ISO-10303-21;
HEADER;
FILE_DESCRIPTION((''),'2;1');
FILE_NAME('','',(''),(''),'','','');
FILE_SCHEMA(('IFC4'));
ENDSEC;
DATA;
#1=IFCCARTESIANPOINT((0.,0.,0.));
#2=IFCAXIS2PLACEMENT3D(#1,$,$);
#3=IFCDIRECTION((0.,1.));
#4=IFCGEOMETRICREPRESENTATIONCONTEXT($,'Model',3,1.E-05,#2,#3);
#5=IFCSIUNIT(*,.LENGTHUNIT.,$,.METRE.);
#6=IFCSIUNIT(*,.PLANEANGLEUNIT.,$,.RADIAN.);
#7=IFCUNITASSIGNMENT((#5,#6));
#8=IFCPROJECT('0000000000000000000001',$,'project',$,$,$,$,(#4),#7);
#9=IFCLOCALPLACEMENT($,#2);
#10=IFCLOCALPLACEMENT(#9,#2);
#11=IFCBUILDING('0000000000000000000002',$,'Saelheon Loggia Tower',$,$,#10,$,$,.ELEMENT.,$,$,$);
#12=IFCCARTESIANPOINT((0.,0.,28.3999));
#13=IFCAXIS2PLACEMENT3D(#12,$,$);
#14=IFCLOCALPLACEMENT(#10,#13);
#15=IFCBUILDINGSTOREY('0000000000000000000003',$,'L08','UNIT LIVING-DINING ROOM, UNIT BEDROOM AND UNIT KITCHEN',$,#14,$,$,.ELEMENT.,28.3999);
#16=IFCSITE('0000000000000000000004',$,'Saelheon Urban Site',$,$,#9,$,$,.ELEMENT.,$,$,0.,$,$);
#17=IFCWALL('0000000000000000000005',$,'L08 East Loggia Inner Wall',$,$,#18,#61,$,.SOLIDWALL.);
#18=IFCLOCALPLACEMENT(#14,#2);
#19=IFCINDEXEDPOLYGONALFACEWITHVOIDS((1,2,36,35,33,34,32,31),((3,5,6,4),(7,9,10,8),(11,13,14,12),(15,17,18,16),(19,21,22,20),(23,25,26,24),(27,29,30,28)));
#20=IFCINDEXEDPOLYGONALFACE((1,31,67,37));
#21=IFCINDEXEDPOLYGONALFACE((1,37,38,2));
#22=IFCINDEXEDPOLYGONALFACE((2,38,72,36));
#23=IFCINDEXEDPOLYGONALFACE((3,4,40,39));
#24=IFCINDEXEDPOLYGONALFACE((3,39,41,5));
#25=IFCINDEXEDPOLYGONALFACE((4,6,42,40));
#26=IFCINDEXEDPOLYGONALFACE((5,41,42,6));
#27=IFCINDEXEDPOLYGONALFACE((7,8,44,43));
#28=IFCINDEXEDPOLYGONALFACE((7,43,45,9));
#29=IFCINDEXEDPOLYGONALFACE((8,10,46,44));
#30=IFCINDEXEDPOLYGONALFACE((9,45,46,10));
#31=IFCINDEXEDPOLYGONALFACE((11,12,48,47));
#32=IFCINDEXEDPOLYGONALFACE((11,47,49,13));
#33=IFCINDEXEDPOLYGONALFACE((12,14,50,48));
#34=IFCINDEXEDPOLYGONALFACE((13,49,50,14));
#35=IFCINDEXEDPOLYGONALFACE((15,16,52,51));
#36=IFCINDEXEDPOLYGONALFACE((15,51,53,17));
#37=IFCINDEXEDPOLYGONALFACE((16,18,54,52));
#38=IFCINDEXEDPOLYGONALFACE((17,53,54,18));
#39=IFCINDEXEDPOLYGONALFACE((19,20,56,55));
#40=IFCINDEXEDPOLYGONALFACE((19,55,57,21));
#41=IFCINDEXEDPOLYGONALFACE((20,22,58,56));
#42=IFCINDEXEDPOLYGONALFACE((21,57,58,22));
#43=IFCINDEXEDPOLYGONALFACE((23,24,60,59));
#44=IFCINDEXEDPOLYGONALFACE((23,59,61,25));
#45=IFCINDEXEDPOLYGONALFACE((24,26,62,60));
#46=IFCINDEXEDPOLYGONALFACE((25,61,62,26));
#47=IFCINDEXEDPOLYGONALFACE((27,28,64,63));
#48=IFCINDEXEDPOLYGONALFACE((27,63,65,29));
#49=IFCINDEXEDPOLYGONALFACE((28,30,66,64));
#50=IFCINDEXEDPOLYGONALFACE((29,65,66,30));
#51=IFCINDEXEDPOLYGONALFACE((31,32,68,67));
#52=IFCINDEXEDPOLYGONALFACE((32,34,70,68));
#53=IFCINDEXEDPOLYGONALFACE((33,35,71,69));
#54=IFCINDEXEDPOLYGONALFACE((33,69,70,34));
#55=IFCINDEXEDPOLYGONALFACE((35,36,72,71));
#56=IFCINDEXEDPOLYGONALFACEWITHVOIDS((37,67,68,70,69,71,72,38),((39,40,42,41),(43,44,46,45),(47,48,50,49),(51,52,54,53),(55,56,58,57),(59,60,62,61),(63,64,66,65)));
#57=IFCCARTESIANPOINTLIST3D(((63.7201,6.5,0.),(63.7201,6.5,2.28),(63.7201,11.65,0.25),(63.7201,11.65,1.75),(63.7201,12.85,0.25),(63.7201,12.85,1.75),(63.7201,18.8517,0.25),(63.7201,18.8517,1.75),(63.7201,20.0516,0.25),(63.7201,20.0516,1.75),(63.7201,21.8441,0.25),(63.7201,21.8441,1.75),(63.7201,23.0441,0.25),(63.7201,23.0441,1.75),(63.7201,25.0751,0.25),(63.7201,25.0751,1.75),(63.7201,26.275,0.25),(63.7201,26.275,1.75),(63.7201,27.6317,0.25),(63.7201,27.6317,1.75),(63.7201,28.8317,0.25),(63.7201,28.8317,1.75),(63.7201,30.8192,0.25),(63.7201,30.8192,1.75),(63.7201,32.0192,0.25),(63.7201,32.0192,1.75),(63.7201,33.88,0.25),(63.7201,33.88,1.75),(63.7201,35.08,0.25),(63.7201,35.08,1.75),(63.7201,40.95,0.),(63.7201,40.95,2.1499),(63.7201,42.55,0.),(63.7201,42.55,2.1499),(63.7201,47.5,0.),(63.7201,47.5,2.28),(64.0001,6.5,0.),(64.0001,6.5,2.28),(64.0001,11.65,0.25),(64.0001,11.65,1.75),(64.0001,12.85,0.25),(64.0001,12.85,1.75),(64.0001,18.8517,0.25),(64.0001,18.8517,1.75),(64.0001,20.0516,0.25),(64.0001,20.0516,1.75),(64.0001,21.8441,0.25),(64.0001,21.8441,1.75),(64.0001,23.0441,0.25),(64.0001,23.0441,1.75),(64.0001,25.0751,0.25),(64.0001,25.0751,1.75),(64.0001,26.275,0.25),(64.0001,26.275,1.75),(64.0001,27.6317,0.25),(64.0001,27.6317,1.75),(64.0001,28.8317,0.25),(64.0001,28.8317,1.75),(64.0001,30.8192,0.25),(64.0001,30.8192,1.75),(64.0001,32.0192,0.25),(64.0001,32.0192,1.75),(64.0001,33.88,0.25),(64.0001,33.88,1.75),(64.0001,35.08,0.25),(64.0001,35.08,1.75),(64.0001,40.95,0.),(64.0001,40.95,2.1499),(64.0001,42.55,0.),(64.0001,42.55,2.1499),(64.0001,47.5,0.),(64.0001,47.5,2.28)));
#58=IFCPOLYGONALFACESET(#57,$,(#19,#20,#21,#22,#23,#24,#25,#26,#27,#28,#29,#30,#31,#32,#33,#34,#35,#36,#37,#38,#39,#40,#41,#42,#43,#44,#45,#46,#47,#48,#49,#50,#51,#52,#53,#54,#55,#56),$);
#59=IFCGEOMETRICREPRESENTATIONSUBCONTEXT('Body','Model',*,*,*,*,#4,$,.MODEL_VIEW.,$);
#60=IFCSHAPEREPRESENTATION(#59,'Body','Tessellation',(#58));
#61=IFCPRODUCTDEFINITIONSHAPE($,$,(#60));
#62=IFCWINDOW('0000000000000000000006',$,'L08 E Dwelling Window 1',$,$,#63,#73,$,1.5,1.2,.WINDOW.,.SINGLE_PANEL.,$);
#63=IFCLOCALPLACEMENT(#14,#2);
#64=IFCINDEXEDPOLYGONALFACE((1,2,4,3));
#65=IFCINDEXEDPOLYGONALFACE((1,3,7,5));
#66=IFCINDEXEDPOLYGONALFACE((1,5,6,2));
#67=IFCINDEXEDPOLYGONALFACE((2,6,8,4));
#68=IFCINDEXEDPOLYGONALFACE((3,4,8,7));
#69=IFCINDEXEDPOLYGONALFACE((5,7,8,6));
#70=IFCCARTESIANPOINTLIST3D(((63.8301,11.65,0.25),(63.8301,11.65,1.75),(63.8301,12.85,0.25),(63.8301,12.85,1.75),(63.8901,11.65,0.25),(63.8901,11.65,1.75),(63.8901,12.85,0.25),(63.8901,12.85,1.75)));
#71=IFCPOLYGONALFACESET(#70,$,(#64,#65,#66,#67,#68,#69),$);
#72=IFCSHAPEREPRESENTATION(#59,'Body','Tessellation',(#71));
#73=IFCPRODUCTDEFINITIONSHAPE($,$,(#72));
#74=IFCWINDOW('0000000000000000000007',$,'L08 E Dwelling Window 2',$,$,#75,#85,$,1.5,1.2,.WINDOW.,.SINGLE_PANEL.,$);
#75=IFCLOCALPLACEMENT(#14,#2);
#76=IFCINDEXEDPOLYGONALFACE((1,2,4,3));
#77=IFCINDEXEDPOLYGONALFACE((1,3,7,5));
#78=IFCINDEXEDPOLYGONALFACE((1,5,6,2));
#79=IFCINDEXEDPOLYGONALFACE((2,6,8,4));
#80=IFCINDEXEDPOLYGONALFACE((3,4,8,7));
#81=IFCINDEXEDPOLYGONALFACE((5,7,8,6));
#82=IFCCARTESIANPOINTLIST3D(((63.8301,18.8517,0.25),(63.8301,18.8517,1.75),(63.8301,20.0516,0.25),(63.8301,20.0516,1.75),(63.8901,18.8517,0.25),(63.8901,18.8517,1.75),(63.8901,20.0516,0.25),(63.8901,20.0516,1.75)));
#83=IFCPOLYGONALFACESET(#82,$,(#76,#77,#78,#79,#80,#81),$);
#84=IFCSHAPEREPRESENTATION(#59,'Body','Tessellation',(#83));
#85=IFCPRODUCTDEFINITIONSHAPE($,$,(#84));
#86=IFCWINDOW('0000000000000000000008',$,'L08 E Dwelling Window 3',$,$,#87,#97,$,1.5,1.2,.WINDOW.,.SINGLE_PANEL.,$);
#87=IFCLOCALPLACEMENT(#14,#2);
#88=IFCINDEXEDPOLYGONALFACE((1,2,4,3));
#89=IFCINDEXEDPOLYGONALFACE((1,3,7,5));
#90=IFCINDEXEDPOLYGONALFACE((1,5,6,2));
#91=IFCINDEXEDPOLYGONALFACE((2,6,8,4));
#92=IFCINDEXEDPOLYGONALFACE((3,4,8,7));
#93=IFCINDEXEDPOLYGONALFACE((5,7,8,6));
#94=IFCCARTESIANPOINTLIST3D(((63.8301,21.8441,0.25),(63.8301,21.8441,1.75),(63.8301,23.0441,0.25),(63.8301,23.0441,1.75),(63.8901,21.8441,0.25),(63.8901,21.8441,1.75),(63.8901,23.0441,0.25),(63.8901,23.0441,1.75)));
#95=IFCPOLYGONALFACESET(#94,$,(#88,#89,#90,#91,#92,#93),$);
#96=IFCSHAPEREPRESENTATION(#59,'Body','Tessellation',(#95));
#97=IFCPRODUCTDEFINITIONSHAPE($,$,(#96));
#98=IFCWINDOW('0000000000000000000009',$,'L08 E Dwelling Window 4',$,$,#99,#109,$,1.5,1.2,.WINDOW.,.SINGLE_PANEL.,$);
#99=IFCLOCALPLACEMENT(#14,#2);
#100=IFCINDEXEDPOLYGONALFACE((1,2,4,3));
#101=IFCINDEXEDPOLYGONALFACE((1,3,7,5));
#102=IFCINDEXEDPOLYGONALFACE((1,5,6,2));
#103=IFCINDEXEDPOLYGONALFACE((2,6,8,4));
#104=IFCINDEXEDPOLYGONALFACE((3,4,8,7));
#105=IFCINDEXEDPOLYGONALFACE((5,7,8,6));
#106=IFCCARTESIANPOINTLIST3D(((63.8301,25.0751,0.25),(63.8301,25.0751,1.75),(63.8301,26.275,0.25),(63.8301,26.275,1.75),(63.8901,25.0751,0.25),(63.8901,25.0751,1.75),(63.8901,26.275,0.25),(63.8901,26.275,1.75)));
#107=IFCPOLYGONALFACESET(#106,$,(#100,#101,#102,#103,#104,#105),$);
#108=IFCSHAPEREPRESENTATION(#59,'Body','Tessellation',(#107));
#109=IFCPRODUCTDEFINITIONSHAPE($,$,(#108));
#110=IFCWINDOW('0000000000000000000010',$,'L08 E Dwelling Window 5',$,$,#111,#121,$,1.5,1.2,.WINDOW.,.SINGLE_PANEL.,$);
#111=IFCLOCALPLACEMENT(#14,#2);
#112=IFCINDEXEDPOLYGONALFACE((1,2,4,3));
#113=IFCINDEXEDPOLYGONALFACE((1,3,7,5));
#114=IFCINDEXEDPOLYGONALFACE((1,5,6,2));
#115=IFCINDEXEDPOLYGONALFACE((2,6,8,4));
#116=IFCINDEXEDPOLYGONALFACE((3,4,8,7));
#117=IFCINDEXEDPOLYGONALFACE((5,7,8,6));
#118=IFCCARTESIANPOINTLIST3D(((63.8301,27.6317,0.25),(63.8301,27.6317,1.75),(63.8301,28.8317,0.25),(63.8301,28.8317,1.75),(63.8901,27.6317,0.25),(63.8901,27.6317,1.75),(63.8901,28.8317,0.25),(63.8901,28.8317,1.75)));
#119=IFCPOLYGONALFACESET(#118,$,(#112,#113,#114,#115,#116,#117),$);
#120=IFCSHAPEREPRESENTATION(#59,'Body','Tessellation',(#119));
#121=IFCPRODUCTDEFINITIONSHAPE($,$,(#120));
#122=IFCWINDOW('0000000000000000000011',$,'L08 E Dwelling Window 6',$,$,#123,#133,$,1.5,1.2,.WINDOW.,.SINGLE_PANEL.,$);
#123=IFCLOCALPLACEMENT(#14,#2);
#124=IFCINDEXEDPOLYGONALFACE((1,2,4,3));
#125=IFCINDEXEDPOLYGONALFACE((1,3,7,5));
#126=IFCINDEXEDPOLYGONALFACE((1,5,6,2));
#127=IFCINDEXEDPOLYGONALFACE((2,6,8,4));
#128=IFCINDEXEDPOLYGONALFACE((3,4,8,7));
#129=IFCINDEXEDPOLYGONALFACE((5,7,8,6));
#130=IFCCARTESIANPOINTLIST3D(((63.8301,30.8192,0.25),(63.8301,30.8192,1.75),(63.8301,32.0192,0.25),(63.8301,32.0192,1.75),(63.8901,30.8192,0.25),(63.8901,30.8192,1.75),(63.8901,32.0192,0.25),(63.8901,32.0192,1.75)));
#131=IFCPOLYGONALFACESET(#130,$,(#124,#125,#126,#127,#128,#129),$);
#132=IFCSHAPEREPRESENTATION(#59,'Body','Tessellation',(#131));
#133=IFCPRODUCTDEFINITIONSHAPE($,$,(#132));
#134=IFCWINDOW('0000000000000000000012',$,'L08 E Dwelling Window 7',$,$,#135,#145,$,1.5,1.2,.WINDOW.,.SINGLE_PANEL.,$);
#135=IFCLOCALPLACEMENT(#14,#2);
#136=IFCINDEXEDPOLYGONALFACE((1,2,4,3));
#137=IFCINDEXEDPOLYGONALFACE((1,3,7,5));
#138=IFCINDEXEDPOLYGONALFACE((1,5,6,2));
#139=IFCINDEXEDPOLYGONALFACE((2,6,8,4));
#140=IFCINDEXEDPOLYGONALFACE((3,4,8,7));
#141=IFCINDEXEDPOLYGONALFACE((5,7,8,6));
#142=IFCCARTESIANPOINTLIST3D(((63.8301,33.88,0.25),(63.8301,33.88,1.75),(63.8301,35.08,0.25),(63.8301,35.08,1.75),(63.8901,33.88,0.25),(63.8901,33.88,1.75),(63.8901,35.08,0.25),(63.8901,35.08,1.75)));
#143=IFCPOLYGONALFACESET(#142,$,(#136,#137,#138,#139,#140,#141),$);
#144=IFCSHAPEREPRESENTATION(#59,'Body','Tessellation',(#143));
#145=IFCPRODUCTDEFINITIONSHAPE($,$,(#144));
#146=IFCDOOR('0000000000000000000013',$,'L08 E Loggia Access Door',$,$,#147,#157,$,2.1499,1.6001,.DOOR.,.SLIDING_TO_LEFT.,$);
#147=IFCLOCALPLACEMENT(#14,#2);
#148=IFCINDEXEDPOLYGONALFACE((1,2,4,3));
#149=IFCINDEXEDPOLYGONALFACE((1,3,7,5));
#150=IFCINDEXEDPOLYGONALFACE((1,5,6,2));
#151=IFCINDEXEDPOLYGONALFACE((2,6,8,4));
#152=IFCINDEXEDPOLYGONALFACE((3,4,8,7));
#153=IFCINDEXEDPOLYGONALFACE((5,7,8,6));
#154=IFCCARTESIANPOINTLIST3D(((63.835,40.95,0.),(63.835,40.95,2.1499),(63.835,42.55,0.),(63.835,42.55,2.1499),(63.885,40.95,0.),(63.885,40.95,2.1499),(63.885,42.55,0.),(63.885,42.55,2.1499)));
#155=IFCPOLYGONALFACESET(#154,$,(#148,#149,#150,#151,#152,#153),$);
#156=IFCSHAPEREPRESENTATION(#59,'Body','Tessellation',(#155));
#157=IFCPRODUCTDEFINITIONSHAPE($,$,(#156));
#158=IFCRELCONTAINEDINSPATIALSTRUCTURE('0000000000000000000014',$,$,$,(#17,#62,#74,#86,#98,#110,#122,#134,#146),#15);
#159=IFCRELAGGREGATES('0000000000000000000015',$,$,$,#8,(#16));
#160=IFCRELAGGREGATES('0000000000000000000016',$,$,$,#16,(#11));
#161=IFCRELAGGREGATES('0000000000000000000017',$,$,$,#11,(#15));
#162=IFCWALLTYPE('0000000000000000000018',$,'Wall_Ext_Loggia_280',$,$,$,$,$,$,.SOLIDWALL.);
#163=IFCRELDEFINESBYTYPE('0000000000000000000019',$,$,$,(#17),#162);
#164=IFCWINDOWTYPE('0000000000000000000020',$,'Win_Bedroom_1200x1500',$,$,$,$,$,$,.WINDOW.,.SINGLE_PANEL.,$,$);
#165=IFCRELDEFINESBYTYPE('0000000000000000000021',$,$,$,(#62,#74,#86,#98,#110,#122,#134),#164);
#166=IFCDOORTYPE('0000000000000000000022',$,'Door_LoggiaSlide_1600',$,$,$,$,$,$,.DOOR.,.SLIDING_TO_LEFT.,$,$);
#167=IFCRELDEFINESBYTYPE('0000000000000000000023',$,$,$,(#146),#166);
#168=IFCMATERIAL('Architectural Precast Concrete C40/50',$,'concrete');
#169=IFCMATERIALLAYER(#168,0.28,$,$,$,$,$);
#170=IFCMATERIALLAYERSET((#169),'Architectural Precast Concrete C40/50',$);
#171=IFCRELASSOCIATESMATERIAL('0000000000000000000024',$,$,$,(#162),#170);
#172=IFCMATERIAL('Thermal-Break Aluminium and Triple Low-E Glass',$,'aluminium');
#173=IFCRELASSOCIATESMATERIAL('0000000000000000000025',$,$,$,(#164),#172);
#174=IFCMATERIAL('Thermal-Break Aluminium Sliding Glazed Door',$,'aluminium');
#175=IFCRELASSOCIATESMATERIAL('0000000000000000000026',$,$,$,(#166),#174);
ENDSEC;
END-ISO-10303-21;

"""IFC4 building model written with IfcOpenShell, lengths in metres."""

from ifc_helpers import new_model, si_unit, direction, frame, frame_2d, origin, place, context, subcontext, project, spatial, rectangle, extrude, source, transform, mapped, material, layer, layer_set, type_object, element, fill, save


model = new_model("IFC4")

# Units and contexts
model_context = context("Model", 3, precision=1e-05, world=origin(), true_north=direction((0.0, 1.0)))
body_context = subcontext(model_context, "Body", "Model", "MODEL_VIEW")
ifc_project = project(units=[si_unit("LENGTHUNIT", "METRE"), si_unit("PLANEANGLEUNIT", "RADIAN")], contexts=[model_context])

# Site, building, storey
site_placement = place(None, origin())
site = spatial("IfcSite", under=ifc_project, at=site_placement, Name="Saelheon Urban Site", CompositionType="ELEMENT", RefElevation=0.0)
building_placement = place(site_placement, origin())
building = spatial("IfcBuilding", under=site, at=building_placement, Name="Saelheon Loggia Tower", CompositionType="ELEMENT")
storey_placement = place(building_placement, frame((0.0, 0.0, 28.3999)))
storey = spatial("IfcBuildingStorey", under=building, at=storey_placement, Name="L08", Description="UNIT LIVING-DINING ROOM, UNIT BEDROOM AND UNIT KITCHEN", CompositionType="ELEMENT", Elevation=28.3999)

# Wall, openings, windows, door
ifc_material_1 = material(Name="Architectural Precast Concrete C40/50", Category="concrete")
ifc_layer_1 = layer(ifc_material_1, 0.28)
ifc_layer_set_1 = layer_set([ifc_layer_1], Name="Architectural Precast Concrete C40/50")
wall_type_1 = type_object("IfcWallType", Name="Wall_Ext_Loggia_280", PredefinedType="SOLIDWALL", material=ifc_layer_set_1)
wall_1_placement = place(storey_placement, frame((63.8601, 6.5, 0.0), z_axis=(0.0, 0.0, 1.0), x_axis=(0.0, 1.0, 0.0)))
wall_1 = element("IfcWall", 1, at=wall_1_placement, inside=storey, type_object=wall_type_1, Name="L08 East Loggia Inner Wall", PredefinedType="SOLIDWALL", context=body_context, shape_type="SweptSolid", body=[
    extrude(rectangle(XDim=41.0, YDim=0.28, at=frame_2d((20.5, 0.0))), origin(), (0.0, 0.0, 1.0), 2.28),
])
opening_1_placement = place(wall_1_placement, frame((5.1499, 0.0, 0.25)))
opening_1 = element("IfcOpeningElement", 2, at=opening_1_placement, cuts=wall_1, PredefinedType="OPENING", context=body_context, shape_type="SweptSolid", body=[
    extrude(rectangle(XDim=1.2, YDim=1.5, at=frame_2d((0.6001, 0.75))), frame((0.0, 0.1521, 0.0), z_axis=(0.0, -1.0, 0.0), x_axis=(1.0, 0.0, 0.0)), (0.0, 0.0, 1.0), 0.304),
])
opening_2_placement = place(wall_1_placement, frame((12.3516, 0.0, 0.25)))
opening_2 = element("IfcOpeningElement", 3, at=opening_2_placement, cuts=wall_1, PredefinedType="OPENING", context=body_context, shape_type="SweptSolid", body=[
    extrude(rectangle(XDim=1.2, YDim=1.5, at=frame_2d((0.6001, 0.75))), frame((0.0, 0.1521, 0.0), z_axis=(0.0, -1.0, 0.0), x_axis=(1.0, 0.0, 0.0)), (0.0, 0.0, 1.0), 0.304),
])
opening_3_placement = place(wall_1_placement, frame((15.344, 0.0, 0.25)))
opening_3 = element("IfcOpeningElement", 4, at=opening_3_placement, cuts=wall_1, PredefinedType="OPENING", context=body_context, shape_type="SweptSolid", body=[
    extrude(rectangle(XDim=1.2, YDim=1.5, at=frame_2d((0.6001, 0.75))), frame((0.0, 0.1521, 0.0), z_axis=(0.0, -1.0, 0.0), x_axis=(1.0, 0.0, 0.0)), (0.0, 0.0, 1.0), 0.304),
])
opening_4_placement = place(wall_1_placement, frame((18.575, 0.0, 0.25)))
opening_4 = element("IfcOpeningElement", 5, at=opening_4_placement, cuts=wall_1, PredefinedType="OPENING", context=body_context, shape_type="SweptSolid", body=[
    extrude(rectangle(XDim=1.2, YDim=1.5, at=frame_2d((0.6001, 0.75))), frame((0.0, 0.1521, 0.0), z_axis=(0.0, -1.0, 0.0), x_axis=(1.0, 0.0, 0.0)), (0.0, 0.0, 1.0), 0.304),
])
opening_5_placement = place(wall_1_placement, frame((21.1316, 0.0, 0.25)))
opening_5 = element("IfcOpeningElement", 6, at=opening_5_placement, cuts=wall_1, PredefinedType="OPENING", context=body_context, shape_type="SweptSolid", body=[
    extrude(rectangle(XDim=1.2, YDim=1.5, at=frame_2d((0.6001, 0.75))), frame((0.0, 0.1521, 0.0), z_axis=(0.0, -1.0, 0.0), x_axis=(1.0, 0.0, 0.0)), (0.0, 0.0, 1.0), 0.304),
])
opening_6_placement = place(wall_1_placement, frame((24.3191, 0.0, 0.25)))
opening_6 = element("IfcOpeningElement", 7, at=opening_6_placement, cuts=wall_1, PredefinedType="OPENING", context=body_context, shape_type="SweptSolid", body=[
    extrude(rectangle(XDim=1.2, YDim=1.5, at=frame_2d((0.6001, 0.75))), frame((0.0, 0.1521, 0.0), z_axis=(0.0, -1.0, 0.0), x_axis=(1.0, 0.0, 0.0)), (0.0, 0.0, 1.0), 0.304),
])
opening_7_placement = place(wall_1_placement, frame((27.3799, 0.0, 0.25)))
opening_7 = element("IfcOpeningElement", 8, at=opening_7_placement, cuts=wall_1, PredefinedType="OPENING", context=body_context, shape_type="SweptSolid", body=[
    extrude(rectangle(XDim=1.2, YDim=1.5, at=frame_2d((0.6001, 0.75))), frame((0.0, 0.1521, 0.0), z_axis=(0.0, -1.0, 0.0), x_axis=(1.0, 0.0, 0.0)), (0.0, 0.0, 1.0), 0.304),
])
opening_8_placement = place(wall_1_placement, frame((36.05, 0.0, 0.0), z_axis=(0.0, 0.0, 1.0), x_axis=(-1.0, 0.0, 0.0)))
opening_8 = element("IfcOpeningElement", 9, at=opening_8_placement, cuts=wall_1, PredefinedType="OPENING", context=body_context, shape_type="SweptSolid", body=[
    extrude(rectangle(XDim=1.6001, YDim=2.1499, at=frame_2d((0.8, 1.075))), frame((0.0, 0.1521, 0.0), z_axis=(0.0, -1.0, 0.0), x_axis=(1.0, 0.0, 0.0)), (0.0, 0.0, 1.0), 0.304),
])
ifc_material_2 = material(Name="Thermal-Break Aluminium and Triple Low-E Glass", Category="aluminium")
window_type = type_object("IfcWindowType", Name="Win_Bedroom_1200x1500", PartitioningType="SINGLE_PANEL", PredefinedType="WINDOW", material=ifc_material_2)
shared_shape_1 = source(origin(), body_context, "Body", "SweptSolid", [
    extrude(rectangle(XDim=1.2, YDim=1.5, at=frame_2d((0.6001, 0.75))), frame((0.0, 0.03, 0.0), z_axis=(0.0, -1.0, 0.0), x_axis=(1.0, 0.0, 0.0)), (0.0, 0.0, 1.0), 0.0601),
])
window_1_placement = place(opening_1_placement, origin())
window_1 = element("IfcWindow", 10, at=window_1_placement, inside=storey, type_object=window_type, Name="L08 E Dwelling Window 1", OverallHeight=1.5, OverallWidth=1.2, PartitioningType="SINGLE_PANEL", PredefinedType="WINDOW", context=body_context, shape_type="MappedRepresentation", body=[
    mapped(shared_shape_1, transform((0.0, 0.0, 0.0), scale=1.0)),
])
fill(opening_1, window_1)
window_2_placement = place(opening_2_placement, origin())
window_2 = element("IfcWindow", 11, at=window_2_placement, inside=storey, type_object=window_type, Name="L08 E Dwelling Window 2", OverallHeight=1.5, OverallWidth=1.2, PartitioningType="SINGLE_PANEL", PredefinedType="WINDOW", context=body_context, shape_type="MappedRepresentation", body=[
    mapped(shared_shape_1, transform((0.0, 0.0, 0.0), scale=1.0)),
])
fill(opening_2, window_2)
window_3_placement = place(opening_3_placement, origin())
window_3 = element("IfcWindow", 12, at=window_3_placement, inside=storey, type_object=window_type, Name="L08 E Dwelling Window 3", OverallHeight=1.5, OverallWidth=1.2, PartitioningType="SINGLE_PANEL", PredefinedType="WINDOW", context=body_context, shape_type="MappedRepresentation", body=[
    mapped(shared_shape_1, transform((0.0, 0.0, 0.0), scale=1.0)),
])
fill(opening_3, window_3)
window_4_placement = place(opening_4_placement, origin())
window_4 = element("IfcWindow", 13, at=window_4_placement, inside=storey, type_object=window_type, Name="L08 E Dwelling Window 4", OverallHeight=1.5, OverallWidth=1.2, PartitioningType="SINGLE_PANEL", PredefinedType="WINDOW", context=body_context, shape_type="MappedRepresentation", body=[
    mapped(shared_shape_1, transform((0.0, 0.0, 0.0), scale=1.0)),
])
fill(opening_4, window_4)
window_5_placement = place(opening_5_placement, origin())
window_5 = element("IfcWindow", 14, at=window_5_placement, inside=storey, type_object=window_type, Name="L08 E Dwelling Window 5", OverallHeight=1.5, OverallWidth=1.2, PartitioningType="SINGLE_PANEL", PredefinedType="WINDOW", context=body_context, shape_type="MappedRepresentation", body=[
    mapped(shared_shape_1, transform((0.0, 0.0, 0.0), scale=1.0)),
])
fill(opening_5, window_5)
window_6_placement = place(opening_6_placement, origin())
window_6 = element("IfcWindow", 15, at=window_6_placement, inside=storey, type_object=window_type, Name="L08 E Dwelling Window 6", OverallHeight=1.5, OverallWidth=1.2, PartitioningType="SINGLE_PANEL", PredefinedType="WINDOW", context=body_context, shape_type="MappedRepresentation", body=[
    mapped(shared_shape_1, transform((0.0, 0.0, 0.0), scale=1.0)),
])
fill(opening_6, window_6)
window_7_placement = place(opening_7_placement, origin())
window_7 = element("IfcWindow", 16, at=window_7_placement, inside=storey, type_object=window_type, Name="L08 E Dwelling Window 7", OverallHeight=1.5, OverallWidth=1.2, PartitioningType="SINGLE_PANEL", PredefinedType="WINDOW", context=body_context, shape_type="MappedRepresentation", body=[
    mapped(shared_shape_1, transform((0.0, 0.0, 0.0), scale=1.0)),
])
fill(opening_7, window_7)
ifc_material_3 = material(Name="Thermal-Break Aluminium Sliding Glazed Door", Category="aluminium")
door_type = type_object("IfcDoorType", Name="Door_LoggiaSlide_1600", OperationType="SLIDING_TO_LEFT", PredefinedType="DOOR", material=ifc_material_3)
shared_shape_2 = source(origin(), body_context, "Body", "SweptSolid", [
    extrude(rectangle(XDim=1.6001, YDim=2.1499, at=frame_2d((0.8, 1.075))), frame((0.0, 0.0249, 0.0), z_axis=(0.0, -1.0, 0.0), x_axis=(1.0, 0.0, 0.0)), (0.0, 0.0, 1.0), 0.05),
])
door_placement = place(opening_8_placement, origin())
door = element("IfcDoor", 17, at=door_placement, inside=storey, type_object=door_type, Name="L08 E Loggia Access Door", OperationType="SLIDING_TO_LEFT", OverallHeight=2.1499, OverallWidth=1.6001, PredefinedType="DOOR", context=body_context, shape_type="MappedRepresentation", body=[
    mapped(shared_shape_2, transform((0.0, 0.0, 0.0), scale=1.0)),
])
fill(opening_8, door)

save(model, "model.ifc")
